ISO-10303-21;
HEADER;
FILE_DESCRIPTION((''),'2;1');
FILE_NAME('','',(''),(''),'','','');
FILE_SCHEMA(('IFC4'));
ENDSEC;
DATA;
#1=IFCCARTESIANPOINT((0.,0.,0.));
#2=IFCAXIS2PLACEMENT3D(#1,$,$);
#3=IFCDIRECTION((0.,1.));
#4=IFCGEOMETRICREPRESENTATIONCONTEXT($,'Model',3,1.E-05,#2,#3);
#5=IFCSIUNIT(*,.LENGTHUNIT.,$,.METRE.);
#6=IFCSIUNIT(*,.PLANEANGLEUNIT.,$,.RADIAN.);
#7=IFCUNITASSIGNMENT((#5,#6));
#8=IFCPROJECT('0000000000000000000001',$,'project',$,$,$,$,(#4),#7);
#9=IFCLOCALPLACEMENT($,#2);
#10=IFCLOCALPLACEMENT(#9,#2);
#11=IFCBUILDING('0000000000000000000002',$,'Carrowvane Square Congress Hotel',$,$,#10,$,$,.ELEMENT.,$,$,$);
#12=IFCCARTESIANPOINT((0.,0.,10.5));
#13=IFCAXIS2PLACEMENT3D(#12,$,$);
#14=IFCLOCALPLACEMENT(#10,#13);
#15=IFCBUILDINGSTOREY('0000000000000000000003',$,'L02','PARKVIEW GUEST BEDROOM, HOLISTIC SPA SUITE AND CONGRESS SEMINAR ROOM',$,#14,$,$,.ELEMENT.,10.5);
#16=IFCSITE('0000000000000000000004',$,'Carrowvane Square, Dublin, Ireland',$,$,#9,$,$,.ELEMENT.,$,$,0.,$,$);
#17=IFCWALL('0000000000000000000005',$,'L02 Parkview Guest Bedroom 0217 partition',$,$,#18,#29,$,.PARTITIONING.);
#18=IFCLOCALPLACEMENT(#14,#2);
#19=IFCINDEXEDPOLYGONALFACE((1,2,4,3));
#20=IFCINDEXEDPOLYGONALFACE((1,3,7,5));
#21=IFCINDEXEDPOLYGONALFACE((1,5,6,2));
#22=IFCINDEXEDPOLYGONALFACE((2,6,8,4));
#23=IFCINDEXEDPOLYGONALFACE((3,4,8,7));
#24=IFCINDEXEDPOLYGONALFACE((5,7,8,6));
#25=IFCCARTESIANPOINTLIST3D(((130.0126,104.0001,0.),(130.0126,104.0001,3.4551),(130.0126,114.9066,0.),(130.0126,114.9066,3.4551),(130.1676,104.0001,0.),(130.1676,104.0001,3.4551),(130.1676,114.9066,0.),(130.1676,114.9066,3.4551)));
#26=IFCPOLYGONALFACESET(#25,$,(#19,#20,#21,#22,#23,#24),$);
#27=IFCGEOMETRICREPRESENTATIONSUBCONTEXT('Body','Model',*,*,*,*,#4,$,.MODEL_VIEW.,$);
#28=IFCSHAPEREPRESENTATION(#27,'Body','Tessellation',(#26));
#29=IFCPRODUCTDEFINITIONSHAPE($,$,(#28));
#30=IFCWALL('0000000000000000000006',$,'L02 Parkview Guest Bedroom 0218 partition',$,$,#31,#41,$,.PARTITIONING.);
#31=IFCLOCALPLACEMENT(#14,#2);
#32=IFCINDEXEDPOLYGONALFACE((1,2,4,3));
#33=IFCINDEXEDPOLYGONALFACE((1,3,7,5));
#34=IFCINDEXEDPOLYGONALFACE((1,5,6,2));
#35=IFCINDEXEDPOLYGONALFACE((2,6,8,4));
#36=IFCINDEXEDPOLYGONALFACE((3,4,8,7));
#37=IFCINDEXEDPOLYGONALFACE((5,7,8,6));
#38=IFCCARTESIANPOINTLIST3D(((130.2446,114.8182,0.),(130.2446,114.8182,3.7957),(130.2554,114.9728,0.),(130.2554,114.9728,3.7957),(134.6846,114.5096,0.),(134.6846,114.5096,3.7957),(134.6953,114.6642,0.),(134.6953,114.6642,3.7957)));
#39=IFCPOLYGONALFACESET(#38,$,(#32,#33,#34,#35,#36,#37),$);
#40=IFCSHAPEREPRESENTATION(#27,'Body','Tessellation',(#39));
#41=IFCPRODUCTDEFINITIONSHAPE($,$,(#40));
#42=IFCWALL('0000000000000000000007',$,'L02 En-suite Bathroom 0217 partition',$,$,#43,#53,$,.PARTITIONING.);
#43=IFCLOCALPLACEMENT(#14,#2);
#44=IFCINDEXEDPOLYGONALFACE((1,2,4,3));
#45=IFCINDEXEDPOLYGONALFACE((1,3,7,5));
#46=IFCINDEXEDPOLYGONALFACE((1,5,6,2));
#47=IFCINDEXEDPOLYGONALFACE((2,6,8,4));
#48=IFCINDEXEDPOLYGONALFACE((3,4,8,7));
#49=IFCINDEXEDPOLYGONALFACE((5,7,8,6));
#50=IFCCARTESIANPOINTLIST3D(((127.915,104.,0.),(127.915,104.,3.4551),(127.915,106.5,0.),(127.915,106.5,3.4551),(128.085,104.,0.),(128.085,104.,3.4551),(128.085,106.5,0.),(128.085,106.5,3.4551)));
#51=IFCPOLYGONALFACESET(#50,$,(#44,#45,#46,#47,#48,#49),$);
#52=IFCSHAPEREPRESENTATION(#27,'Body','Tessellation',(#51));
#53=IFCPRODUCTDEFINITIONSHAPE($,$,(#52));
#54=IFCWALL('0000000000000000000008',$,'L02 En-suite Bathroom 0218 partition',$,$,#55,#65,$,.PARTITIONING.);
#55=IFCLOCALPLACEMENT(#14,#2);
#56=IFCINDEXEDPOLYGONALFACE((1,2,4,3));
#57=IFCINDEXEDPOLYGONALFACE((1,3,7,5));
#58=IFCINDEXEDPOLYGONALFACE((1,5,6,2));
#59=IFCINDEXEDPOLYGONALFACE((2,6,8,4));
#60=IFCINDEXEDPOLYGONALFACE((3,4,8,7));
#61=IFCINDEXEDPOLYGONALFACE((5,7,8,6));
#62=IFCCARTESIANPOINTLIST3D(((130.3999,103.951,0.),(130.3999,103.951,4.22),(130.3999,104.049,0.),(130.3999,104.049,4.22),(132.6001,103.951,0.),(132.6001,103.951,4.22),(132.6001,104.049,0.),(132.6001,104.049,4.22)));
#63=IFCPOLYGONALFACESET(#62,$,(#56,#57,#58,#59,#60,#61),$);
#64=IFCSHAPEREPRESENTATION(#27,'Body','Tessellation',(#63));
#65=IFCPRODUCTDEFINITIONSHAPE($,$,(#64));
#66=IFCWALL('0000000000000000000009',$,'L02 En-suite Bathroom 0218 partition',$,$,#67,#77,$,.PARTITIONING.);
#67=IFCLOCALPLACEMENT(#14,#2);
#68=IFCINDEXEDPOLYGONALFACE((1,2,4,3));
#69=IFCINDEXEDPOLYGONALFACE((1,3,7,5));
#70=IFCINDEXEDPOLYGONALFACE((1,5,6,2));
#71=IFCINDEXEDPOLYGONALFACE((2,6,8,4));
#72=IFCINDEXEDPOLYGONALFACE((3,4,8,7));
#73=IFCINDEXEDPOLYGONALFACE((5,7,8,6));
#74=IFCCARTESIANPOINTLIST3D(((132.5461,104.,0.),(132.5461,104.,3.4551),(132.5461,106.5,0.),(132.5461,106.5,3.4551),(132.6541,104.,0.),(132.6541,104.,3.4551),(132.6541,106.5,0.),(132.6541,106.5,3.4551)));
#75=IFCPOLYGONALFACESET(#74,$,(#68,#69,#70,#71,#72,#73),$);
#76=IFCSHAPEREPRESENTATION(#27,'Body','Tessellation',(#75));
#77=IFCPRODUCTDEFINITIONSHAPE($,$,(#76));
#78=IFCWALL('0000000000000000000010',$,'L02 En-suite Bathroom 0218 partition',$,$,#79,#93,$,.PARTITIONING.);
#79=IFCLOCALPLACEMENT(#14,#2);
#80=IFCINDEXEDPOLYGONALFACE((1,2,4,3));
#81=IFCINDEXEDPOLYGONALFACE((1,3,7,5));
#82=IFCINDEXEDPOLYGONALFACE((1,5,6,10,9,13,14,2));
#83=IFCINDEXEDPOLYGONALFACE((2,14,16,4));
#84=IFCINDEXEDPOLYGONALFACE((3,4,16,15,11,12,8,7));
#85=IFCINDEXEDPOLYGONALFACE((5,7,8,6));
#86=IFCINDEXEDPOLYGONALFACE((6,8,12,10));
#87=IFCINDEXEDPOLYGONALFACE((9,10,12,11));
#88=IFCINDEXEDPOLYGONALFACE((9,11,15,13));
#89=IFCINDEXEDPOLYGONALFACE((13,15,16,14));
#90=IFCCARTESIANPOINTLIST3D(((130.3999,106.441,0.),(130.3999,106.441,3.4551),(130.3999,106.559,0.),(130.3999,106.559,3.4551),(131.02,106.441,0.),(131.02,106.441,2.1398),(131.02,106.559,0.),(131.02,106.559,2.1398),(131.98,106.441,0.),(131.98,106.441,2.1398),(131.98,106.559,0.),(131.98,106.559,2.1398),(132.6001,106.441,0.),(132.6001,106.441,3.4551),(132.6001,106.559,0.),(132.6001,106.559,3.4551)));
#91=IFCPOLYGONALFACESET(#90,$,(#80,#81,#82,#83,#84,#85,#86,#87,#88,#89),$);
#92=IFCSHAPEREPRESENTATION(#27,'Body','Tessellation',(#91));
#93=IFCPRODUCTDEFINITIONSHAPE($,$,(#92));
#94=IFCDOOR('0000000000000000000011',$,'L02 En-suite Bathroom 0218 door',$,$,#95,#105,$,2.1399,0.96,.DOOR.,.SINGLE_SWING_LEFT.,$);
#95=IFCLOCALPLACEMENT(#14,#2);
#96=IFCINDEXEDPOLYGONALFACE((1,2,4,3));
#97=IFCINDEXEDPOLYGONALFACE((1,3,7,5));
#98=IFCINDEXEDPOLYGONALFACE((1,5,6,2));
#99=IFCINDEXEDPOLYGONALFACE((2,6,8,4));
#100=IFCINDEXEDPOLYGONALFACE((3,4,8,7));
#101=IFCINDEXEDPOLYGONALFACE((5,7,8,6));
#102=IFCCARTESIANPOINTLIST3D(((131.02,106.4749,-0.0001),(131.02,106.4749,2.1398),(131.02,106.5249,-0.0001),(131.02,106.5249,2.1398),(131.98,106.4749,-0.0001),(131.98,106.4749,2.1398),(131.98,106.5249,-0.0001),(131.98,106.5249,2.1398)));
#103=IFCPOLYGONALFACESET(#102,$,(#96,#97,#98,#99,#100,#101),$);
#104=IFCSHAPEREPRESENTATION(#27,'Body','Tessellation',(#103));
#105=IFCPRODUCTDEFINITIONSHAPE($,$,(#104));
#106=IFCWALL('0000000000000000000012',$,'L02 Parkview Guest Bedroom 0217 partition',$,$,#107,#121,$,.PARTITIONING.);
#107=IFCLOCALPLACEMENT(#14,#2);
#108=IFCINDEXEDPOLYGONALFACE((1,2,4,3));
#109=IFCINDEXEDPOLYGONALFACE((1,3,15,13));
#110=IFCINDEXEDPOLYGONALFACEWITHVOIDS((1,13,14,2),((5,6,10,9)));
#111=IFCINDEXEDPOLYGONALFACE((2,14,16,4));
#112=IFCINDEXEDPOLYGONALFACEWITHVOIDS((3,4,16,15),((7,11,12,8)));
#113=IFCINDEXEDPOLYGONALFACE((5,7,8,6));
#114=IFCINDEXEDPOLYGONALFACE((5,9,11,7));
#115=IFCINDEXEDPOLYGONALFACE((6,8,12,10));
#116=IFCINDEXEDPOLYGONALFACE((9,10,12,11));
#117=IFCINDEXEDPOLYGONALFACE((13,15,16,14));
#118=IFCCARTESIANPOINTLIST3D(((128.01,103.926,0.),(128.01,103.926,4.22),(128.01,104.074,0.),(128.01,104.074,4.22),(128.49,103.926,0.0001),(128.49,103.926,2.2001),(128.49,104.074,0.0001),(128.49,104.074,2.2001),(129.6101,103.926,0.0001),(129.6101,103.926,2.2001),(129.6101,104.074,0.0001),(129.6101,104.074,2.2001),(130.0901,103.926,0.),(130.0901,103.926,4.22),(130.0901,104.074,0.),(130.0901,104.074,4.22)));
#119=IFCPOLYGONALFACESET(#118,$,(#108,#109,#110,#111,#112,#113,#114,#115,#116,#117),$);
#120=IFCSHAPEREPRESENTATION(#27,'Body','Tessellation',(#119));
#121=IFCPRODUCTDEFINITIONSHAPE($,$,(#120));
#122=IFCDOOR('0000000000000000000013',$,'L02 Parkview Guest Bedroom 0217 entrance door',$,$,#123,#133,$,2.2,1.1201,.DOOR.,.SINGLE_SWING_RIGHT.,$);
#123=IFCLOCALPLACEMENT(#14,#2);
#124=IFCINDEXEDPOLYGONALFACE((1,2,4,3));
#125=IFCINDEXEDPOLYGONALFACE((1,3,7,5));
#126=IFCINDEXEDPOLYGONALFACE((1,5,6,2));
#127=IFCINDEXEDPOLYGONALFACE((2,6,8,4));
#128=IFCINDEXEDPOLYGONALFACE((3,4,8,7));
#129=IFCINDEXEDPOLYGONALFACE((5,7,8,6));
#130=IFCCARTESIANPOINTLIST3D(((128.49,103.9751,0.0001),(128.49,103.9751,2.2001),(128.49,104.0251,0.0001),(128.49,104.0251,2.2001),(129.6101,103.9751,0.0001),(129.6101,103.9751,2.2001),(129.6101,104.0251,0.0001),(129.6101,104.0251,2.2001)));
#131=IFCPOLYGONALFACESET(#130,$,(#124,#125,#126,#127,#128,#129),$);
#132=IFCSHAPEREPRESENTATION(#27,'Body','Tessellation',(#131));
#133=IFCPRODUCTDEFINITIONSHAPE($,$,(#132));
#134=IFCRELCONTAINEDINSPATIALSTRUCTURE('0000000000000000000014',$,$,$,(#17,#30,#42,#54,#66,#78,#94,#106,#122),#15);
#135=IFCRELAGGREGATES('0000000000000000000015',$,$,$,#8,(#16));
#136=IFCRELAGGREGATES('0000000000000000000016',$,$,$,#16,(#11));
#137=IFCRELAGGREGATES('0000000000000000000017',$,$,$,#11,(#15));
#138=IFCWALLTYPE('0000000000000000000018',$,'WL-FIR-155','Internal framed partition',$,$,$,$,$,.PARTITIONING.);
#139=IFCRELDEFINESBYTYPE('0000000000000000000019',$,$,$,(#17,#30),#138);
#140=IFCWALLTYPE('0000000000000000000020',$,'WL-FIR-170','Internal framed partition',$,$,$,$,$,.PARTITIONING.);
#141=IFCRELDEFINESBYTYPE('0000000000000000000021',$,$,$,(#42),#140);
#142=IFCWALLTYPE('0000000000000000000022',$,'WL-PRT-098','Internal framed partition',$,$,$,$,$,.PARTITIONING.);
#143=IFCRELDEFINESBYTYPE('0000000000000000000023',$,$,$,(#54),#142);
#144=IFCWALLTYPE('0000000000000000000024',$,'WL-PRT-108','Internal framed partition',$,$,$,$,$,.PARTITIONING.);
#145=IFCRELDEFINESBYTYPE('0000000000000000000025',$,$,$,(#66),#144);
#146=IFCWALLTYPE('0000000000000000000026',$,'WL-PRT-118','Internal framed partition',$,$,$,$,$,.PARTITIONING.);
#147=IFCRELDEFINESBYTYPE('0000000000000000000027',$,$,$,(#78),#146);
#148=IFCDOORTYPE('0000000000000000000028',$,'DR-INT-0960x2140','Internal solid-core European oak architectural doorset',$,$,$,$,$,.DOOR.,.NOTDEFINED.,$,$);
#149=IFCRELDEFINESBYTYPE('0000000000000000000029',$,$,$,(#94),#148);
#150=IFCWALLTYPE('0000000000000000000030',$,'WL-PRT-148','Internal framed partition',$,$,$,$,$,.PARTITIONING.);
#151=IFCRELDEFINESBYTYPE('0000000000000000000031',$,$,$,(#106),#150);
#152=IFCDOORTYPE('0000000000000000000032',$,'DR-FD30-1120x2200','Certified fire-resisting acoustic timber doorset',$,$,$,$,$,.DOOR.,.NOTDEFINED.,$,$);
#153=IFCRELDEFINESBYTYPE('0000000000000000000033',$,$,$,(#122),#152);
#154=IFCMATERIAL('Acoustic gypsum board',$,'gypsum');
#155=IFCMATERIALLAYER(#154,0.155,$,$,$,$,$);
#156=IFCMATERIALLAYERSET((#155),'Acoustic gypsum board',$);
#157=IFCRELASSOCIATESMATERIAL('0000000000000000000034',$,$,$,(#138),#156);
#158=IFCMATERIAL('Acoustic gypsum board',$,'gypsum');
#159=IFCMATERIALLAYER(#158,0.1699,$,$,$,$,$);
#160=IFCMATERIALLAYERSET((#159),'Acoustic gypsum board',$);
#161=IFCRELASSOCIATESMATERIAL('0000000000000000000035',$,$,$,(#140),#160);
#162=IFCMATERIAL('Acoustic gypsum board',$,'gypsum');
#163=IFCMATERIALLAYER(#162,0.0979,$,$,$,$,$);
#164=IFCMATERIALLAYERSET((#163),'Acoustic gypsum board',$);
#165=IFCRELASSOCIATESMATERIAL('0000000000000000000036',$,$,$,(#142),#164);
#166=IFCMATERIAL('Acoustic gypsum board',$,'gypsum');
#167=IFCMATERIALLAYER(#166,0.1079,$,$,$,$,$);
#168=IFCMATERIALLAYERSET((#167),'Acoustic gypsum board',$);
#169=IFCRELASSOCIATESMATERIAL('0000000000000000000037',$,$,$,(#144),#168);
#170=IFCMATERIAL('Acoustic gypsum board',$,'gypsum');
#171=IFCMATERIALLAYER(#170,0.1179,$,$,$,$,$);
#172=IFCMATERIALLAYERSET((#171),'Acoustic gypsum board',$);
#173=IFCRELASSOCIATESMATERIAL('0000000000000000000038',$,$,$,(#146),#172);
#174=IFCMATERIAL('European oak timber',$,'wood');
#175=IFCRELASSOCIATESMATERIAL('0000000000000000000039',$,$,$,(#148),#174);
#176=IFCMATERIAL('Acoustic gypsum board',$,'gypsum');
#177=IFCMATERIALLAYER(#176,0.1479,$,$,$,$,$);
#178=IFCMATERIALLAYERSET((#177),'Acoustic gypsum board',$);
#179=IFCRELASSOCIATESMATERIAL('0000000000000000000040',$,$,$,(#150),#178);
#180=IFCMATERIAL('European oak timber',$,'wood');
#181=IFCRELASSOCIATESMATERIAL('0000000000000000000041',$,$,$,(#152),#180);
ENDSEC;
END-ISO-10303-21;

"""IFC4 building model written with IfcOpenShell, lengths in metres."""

from ifc_helpers import new_model, si_unit, direction, frame, frame_2d, origin, place, context, subcontext, project, spatial, rectangle, extrude, material, layer, layer_set, type_object, element, fill, save


model = new_model("IFC4")

# Units and contexts
model_context = context("Model", 3, precision=1e-05, world=origin(), true_north=direction((0.0, 1.0)))
body_context = subcontext(model_context, "Body", "Model", "MODEL_VIEW")
ifc_project = project(units=[si_unit("LENGTHUNIT", "METRE"), si_unit("PLANEANGLEUNIT", "RADIAN")], contexts=[model_context])

# Site, building, storey
site_placement = place(None, origin())
site = spatial("IfcSite", under=ifc_project, at=site_placement, Name="Carrowvane Square, Dublin, Ireland", CompositionType="ELEMENT", RefElevation=0.0)
building_placement = place(site_placement, origin())
building = spatial("IfcBuilding", under=site, at=building_placement, Name="Carrowvane Square Congress Hotel", CompositionType="ELEMENT")
storey_placement = place(building_placement, frame((0.0, 0.0, 10.5)))
storey = spatial("IfcBuildingStorey", under=building, at=storey_placement, Name="L02", Description="PARKVIEW GUEST BEDROOM, HOLISTIC SPA SUITE AND CONGRESS SEMINAR ROOM", CompositionType="ELEMENT", Elevation=10.5)

# Shared definitions
ifc_material_1 = material(Name="Acoustic gypsum board", Category="gypsum")
ifc_layer_1 = layer(ifc_material_1, 0.155)
ifc_layer_set_1 = layer_set([ifc_layer_1], Name="Acoustic gypsum board")
wall_type_1 = type_object("IfcWallType", Name="WL-FIR-155", Description="Internal framed partition", PredefinedType="PARTITIONING", material=ifc_layer_set_1)

# Walls
wall_1_placement = place(storey_placement, frame((130.0901, 114.9065, 0.0), z_axis=(0.0, 0.0, 1.0), x_axis=(0.0, -1.0, 0.0)))
element("IfcWall", 1, at=wall_1_placement, inside=storey, type_object=wall_type_1, Name="L02 Parkview Guest Bedroom 0217 partition", PredefinedType="PARTITIONING", context=body_context, shape_type="SweptSolid", body=[
    extrude(rectangle(XDim=10.9065, YDim=0.155, at=frame_2d((5.4531, 0.0))), origin(), (0.0, 0.0, 1.0), 3.4551),
])
wall_2_placement = place(storey_placement, frame((130.25, 114.8955, 0.0), z_axis=(0.0, 0.0, 1.0), x_axis=(0.997593, -0.069337, 0.0)))
element("IfcWall", 2, at=wall_2_placement, inside=storey, type_object=wall_type_1, Name="L02 Parkview Guest Bedroom 0218 partition", PredefinedType="PARTITIONING", context=body_context, shape_type="SweptSolid", body=[
    extrude(rectangle(XDim=4.4507, YDim=0.155, at=frame_2d((2.2253, 0.0))), origin(), (0.0, 0.0, 1.0), 3.7957),
])
ifc_material_2 = material(Name="Acoustic gypsum board", Category="gypsum")
ifc_layer_2 = layer(ifc_material_2, 0.1699)
ifc_layer_set_2 = layer_set([ifc_layer_2], Name="Acoustic gypsum board")
wall_type_2 = type_object("IfcWallType", Name="WL-FIR-170", Description="Internal framed partition", PredefinedType="PARTITIONING", material=ifc_layer_set_2)
wall_3_placement = place(storey_placement, frame((128.0, 106.5, 0.0), z_axis=(0.0, 0.0, 1.0), x_axis=(0.0, -1.0, 0.0)))
element("IfcWall", 3, at=wall_3_placement, inside=storey, type_object=wall_type_2, Name="L02 En-suite Bathroom 0217 partition", PredefinedType="PARTITIONING", context=body_context, shape_type="SweptSolid", body=[
    extrude(rectangle(XDim=2.5, YDim=0.1699, at=frame_2d((1.25, 0.0))), origin(), (0.0, 0.0, 1.0), 3.4551),
])
ifc_material_3 = material(Name="Acoustic gypsum board", Category="gypsum")
ifc_layer_3 = layer(ifc_material_3, 0.0979)
ifc_layer_set_3 = layer_set([ifc_layer_3], Name="Acoustic gypsum board")
wall_type_3 = type_object("IfcWallType", Name="WL-PRT-098", Description="Internal framed partition", PredefinedType="PARTITIONING", material=ifc_layer_set_3)
wall_4_placement = place(storey_placement, frame((132.6001, 104.0, 0.0), z_axis=(0.0, 0.0, 1.0), x_axis=(-1.0, 0.0, 0.0)))
element("IfcWall", 4, at=wall_4_placement, inside=storey, type_object=wall_type_3, Name="L02 En-suite Bathroom 0218 partition", PredefinedType="PARTITIONING", context=body_context, shape_type="SweptSolid", body=[
    extrude(rectangle(XDim=2.2002, YDim=0.0979, at=frame_2d((1.1001, 0.0))), origin(), (0.0, 0.0, 1.0), 4.22),
])
ifc_material_4 = material(Name="Acoustic gypsum board", Category="gypsum")
ifc_layer_4 = layer(ifc_material_4, 0.1079)
ifc_layer_set_4 = layer_set([ifc_layer_4], Name="Acoustic gypsum board")
wall_type_4 = type_object("IfcWallType", Name="WL-PRT-108", Description="Internal framed partition", PredefinedType="PARTITIONING", material=ifc_layer_set_4)
wall_5_placement = place(storey_placement, frame((132.6001, 106.5, 0.0), z_axis=(0.0, 0.0, 1.0), x_axis=(0.0, -1.0, 0.0)))
element("IfcWall", 5, at=wall_5_placement, inside=storey, type_object=wall_type_4, Name="L02 En-suite Bathroom 0218 partition", PredefinedType="PARTITIONING", context=body_context, shape_type="SweptSolid", body=[
    extrude(rectangle(XDim=2.5, YDim=0.1079, at=frame_2d((1.25, 0.0))), origin(), (0.0, 0.0, 1.0), 3.4551),
])

# Walls, openings, doors
ifc_material_5 = material(Name="Acoustic gypsum board", Category="gypsum")
ifc_layer_5 = layer(ifc_material_5, 0.1179)
ifc_layer_set_5 = layer_set([ifc_layer_5], Name="Acoustic gypsum board")
wall_type_5 = type_object("IfcWallType", Name="WL-PRT-118", Description="Internal framed partition", PredefinedType="PARTITIONING", material=ifc_layer_set_5)
wall_6_placement = place(storey_placement, frame((130.3999, 106.5, 0.0), z_axis=(0.0, 0.0, 1.0), x_axis=(1.0, 0.0, 0.0)))
wall_6 = element("IfcWall", 6, at=wall_6_placement, inside=storey, type_object=wall_type_5, Name="L02 En-suite Bathroom 0218 partition", PredefinedType="PARTITIONING", context=body_context, shape_type="SweptSolid", body=[
    extrude(rectangle(XDim=2.2002, YDim=0.1179, at=frame_2d((1.1001, 0.0))), origin(), (0.0, 0.0, 1.0), 3.4551),
])
opening_1_placement = place(wall_6_placement, frame((0.6201, 0.0, 0.0)))
opening_1 = element("IfcOpeningElement", 7, at=opening_1_placement, cuts=wall_6, PredefinedType="OPENING", context=body_context, shape_type="SweptSolid", body=[
    extrude(rectangle(XDim=0.96, YDim=2.1399, at=frame_2d((0.48, 1.0698))), frame((0.0, 0.0688, 0.0), z_axis=(0.0, -1.0, 0.0), x_axis=(1.0, 0.0, 0.0)), (0.0, 0.0, 1.0), 0.1379),
])
ifc_material_6 = material(Name="European oak timber", Category="wood")
door_type_1 = type_object("IfcDoorType", Name="DR-INT-0960x2140", Description="Internal solid-core European oak architectural doorset", OperationType="NOTDEFINED", PredefinedType="DOOR", material=ifc_material_6)
door_1_placement = place(opening_1_placement, origin())
door_1 = element("IfcDoor", 8, at=door_1_placement, inside=storey, type_object=door_type_1, Name="L02 En-suite Bathroom 0218 door", OperationType="SINGLE_SWING_LEFT", OverallHeight=2.1399, OverallWidth=0.96, PredefinedType="DOOR", context=body_context, shape_type="SweptSolid", body=[
    extrude(rectangle(XDim=0.96, YDim=2.1399, at=frame_2d((0.48, 1.0698))), frame((0.0, 0.0249, 0.0), z_axis=(0.0, -1.0, 0.0), x_axis=(1.0, 0.0, 0.0)), (0.0, 0.0, 1.0), 0.05),
])
fill(opening_1, door_1)
ifc_material_7 = material(Name="Acoustic gypsum board", Category="gypsum")
ifc_layer_6 = layer(ifc_material_7, 0.1479)
ifc_layer_set_6 = layer_set([ifc_layer_6], Name="Acoustic gypsum board")
wall_type_6 = type_object("IfcWallType", Name="WL-PRT-148", Description="Internal framed partition", PredefinedType="PARTITIONING", material=ifc_layer_set_6)
wall_7_placement = place(storey_placement, frame((130.0901, 104.0, 0.0), z_axis=(0.0, 0.0, 1.0), x_axis=(-1.0, 0.0, 0.0)))
wall_7 = element("IfcWall", 9, at=wall_7_placement, inside=storey, type_object=wall_type_6, Name="L02 Parkview Guest Bedroom 0217 partition", PredefinedType="PARTITIONING", context=body_context, shape_type="SweptSolid", body=[
    extrude(rectangle(XDim=2.0801, YDim=0.1479, at=frame_2d((1.04, 0.0))), origin(), (0.0, 0.0, 1.0), 4.22),
])
opening_2_placement = place(wall_7_placement, frame((0.48, 0.0, 0.0)))
opening_2 = element("IfcOpeningElement", 10, at=opening_2_placement, cuts=wall_7, PredefinedType="OPENING", context=body_context, shape_type="SweptSolid", body=[
    extrude(rectangle(XDim=1.1201, YDim=2.2, at=frame_2d((0.5601, 1.1001))), frame((0.0, 0.084, 0.0), z_axis=(0.0, -1.0, 0.0), x_axis=(1.0, 0.0, 0.0)), (0.0, 0.0, 1.0), 0.168),
])
ifc_material_8 = material(Name="European oak timber", Category="wood")
door_type_2 = type_object("IfcDoorType", Name="DR-FD30-1120x2200", Description="Certified fire-resisting acoustic timber doorset", OperationType="NOTDEFINED", PredefinedType="DOOR", material=ifc_material_8)
door_2_placement = place(opening_2_placement, origin())
door_2 = element("IfcDoor", 11, at=door_2_placement, inside=storey, type_object=door_type_2, Name="L02 Parkview Guest Bedroom 0217 entrance door", OperationType="SINGLE_SWING_RIGHT", OverallHeight=2.2, OverallWidth=1.1201, PredefinedType="DOOR", context=body_context, shape_type="SweptSolid", body=[
    extrude(rectangle(XDim=1.1201, YDim=2.2, at=frame_2d((0.5601, 1.1001))), frame((0.0, 0.0249, 0.0), z_axis=(0.0, -1.0, 0.0), x_axis=(1.0, 0.0, 0.0)), (0.0, 0.0, 1.0), 0.05),
])
fill(opening_2, door_2)

save(model, "model.ifc")
